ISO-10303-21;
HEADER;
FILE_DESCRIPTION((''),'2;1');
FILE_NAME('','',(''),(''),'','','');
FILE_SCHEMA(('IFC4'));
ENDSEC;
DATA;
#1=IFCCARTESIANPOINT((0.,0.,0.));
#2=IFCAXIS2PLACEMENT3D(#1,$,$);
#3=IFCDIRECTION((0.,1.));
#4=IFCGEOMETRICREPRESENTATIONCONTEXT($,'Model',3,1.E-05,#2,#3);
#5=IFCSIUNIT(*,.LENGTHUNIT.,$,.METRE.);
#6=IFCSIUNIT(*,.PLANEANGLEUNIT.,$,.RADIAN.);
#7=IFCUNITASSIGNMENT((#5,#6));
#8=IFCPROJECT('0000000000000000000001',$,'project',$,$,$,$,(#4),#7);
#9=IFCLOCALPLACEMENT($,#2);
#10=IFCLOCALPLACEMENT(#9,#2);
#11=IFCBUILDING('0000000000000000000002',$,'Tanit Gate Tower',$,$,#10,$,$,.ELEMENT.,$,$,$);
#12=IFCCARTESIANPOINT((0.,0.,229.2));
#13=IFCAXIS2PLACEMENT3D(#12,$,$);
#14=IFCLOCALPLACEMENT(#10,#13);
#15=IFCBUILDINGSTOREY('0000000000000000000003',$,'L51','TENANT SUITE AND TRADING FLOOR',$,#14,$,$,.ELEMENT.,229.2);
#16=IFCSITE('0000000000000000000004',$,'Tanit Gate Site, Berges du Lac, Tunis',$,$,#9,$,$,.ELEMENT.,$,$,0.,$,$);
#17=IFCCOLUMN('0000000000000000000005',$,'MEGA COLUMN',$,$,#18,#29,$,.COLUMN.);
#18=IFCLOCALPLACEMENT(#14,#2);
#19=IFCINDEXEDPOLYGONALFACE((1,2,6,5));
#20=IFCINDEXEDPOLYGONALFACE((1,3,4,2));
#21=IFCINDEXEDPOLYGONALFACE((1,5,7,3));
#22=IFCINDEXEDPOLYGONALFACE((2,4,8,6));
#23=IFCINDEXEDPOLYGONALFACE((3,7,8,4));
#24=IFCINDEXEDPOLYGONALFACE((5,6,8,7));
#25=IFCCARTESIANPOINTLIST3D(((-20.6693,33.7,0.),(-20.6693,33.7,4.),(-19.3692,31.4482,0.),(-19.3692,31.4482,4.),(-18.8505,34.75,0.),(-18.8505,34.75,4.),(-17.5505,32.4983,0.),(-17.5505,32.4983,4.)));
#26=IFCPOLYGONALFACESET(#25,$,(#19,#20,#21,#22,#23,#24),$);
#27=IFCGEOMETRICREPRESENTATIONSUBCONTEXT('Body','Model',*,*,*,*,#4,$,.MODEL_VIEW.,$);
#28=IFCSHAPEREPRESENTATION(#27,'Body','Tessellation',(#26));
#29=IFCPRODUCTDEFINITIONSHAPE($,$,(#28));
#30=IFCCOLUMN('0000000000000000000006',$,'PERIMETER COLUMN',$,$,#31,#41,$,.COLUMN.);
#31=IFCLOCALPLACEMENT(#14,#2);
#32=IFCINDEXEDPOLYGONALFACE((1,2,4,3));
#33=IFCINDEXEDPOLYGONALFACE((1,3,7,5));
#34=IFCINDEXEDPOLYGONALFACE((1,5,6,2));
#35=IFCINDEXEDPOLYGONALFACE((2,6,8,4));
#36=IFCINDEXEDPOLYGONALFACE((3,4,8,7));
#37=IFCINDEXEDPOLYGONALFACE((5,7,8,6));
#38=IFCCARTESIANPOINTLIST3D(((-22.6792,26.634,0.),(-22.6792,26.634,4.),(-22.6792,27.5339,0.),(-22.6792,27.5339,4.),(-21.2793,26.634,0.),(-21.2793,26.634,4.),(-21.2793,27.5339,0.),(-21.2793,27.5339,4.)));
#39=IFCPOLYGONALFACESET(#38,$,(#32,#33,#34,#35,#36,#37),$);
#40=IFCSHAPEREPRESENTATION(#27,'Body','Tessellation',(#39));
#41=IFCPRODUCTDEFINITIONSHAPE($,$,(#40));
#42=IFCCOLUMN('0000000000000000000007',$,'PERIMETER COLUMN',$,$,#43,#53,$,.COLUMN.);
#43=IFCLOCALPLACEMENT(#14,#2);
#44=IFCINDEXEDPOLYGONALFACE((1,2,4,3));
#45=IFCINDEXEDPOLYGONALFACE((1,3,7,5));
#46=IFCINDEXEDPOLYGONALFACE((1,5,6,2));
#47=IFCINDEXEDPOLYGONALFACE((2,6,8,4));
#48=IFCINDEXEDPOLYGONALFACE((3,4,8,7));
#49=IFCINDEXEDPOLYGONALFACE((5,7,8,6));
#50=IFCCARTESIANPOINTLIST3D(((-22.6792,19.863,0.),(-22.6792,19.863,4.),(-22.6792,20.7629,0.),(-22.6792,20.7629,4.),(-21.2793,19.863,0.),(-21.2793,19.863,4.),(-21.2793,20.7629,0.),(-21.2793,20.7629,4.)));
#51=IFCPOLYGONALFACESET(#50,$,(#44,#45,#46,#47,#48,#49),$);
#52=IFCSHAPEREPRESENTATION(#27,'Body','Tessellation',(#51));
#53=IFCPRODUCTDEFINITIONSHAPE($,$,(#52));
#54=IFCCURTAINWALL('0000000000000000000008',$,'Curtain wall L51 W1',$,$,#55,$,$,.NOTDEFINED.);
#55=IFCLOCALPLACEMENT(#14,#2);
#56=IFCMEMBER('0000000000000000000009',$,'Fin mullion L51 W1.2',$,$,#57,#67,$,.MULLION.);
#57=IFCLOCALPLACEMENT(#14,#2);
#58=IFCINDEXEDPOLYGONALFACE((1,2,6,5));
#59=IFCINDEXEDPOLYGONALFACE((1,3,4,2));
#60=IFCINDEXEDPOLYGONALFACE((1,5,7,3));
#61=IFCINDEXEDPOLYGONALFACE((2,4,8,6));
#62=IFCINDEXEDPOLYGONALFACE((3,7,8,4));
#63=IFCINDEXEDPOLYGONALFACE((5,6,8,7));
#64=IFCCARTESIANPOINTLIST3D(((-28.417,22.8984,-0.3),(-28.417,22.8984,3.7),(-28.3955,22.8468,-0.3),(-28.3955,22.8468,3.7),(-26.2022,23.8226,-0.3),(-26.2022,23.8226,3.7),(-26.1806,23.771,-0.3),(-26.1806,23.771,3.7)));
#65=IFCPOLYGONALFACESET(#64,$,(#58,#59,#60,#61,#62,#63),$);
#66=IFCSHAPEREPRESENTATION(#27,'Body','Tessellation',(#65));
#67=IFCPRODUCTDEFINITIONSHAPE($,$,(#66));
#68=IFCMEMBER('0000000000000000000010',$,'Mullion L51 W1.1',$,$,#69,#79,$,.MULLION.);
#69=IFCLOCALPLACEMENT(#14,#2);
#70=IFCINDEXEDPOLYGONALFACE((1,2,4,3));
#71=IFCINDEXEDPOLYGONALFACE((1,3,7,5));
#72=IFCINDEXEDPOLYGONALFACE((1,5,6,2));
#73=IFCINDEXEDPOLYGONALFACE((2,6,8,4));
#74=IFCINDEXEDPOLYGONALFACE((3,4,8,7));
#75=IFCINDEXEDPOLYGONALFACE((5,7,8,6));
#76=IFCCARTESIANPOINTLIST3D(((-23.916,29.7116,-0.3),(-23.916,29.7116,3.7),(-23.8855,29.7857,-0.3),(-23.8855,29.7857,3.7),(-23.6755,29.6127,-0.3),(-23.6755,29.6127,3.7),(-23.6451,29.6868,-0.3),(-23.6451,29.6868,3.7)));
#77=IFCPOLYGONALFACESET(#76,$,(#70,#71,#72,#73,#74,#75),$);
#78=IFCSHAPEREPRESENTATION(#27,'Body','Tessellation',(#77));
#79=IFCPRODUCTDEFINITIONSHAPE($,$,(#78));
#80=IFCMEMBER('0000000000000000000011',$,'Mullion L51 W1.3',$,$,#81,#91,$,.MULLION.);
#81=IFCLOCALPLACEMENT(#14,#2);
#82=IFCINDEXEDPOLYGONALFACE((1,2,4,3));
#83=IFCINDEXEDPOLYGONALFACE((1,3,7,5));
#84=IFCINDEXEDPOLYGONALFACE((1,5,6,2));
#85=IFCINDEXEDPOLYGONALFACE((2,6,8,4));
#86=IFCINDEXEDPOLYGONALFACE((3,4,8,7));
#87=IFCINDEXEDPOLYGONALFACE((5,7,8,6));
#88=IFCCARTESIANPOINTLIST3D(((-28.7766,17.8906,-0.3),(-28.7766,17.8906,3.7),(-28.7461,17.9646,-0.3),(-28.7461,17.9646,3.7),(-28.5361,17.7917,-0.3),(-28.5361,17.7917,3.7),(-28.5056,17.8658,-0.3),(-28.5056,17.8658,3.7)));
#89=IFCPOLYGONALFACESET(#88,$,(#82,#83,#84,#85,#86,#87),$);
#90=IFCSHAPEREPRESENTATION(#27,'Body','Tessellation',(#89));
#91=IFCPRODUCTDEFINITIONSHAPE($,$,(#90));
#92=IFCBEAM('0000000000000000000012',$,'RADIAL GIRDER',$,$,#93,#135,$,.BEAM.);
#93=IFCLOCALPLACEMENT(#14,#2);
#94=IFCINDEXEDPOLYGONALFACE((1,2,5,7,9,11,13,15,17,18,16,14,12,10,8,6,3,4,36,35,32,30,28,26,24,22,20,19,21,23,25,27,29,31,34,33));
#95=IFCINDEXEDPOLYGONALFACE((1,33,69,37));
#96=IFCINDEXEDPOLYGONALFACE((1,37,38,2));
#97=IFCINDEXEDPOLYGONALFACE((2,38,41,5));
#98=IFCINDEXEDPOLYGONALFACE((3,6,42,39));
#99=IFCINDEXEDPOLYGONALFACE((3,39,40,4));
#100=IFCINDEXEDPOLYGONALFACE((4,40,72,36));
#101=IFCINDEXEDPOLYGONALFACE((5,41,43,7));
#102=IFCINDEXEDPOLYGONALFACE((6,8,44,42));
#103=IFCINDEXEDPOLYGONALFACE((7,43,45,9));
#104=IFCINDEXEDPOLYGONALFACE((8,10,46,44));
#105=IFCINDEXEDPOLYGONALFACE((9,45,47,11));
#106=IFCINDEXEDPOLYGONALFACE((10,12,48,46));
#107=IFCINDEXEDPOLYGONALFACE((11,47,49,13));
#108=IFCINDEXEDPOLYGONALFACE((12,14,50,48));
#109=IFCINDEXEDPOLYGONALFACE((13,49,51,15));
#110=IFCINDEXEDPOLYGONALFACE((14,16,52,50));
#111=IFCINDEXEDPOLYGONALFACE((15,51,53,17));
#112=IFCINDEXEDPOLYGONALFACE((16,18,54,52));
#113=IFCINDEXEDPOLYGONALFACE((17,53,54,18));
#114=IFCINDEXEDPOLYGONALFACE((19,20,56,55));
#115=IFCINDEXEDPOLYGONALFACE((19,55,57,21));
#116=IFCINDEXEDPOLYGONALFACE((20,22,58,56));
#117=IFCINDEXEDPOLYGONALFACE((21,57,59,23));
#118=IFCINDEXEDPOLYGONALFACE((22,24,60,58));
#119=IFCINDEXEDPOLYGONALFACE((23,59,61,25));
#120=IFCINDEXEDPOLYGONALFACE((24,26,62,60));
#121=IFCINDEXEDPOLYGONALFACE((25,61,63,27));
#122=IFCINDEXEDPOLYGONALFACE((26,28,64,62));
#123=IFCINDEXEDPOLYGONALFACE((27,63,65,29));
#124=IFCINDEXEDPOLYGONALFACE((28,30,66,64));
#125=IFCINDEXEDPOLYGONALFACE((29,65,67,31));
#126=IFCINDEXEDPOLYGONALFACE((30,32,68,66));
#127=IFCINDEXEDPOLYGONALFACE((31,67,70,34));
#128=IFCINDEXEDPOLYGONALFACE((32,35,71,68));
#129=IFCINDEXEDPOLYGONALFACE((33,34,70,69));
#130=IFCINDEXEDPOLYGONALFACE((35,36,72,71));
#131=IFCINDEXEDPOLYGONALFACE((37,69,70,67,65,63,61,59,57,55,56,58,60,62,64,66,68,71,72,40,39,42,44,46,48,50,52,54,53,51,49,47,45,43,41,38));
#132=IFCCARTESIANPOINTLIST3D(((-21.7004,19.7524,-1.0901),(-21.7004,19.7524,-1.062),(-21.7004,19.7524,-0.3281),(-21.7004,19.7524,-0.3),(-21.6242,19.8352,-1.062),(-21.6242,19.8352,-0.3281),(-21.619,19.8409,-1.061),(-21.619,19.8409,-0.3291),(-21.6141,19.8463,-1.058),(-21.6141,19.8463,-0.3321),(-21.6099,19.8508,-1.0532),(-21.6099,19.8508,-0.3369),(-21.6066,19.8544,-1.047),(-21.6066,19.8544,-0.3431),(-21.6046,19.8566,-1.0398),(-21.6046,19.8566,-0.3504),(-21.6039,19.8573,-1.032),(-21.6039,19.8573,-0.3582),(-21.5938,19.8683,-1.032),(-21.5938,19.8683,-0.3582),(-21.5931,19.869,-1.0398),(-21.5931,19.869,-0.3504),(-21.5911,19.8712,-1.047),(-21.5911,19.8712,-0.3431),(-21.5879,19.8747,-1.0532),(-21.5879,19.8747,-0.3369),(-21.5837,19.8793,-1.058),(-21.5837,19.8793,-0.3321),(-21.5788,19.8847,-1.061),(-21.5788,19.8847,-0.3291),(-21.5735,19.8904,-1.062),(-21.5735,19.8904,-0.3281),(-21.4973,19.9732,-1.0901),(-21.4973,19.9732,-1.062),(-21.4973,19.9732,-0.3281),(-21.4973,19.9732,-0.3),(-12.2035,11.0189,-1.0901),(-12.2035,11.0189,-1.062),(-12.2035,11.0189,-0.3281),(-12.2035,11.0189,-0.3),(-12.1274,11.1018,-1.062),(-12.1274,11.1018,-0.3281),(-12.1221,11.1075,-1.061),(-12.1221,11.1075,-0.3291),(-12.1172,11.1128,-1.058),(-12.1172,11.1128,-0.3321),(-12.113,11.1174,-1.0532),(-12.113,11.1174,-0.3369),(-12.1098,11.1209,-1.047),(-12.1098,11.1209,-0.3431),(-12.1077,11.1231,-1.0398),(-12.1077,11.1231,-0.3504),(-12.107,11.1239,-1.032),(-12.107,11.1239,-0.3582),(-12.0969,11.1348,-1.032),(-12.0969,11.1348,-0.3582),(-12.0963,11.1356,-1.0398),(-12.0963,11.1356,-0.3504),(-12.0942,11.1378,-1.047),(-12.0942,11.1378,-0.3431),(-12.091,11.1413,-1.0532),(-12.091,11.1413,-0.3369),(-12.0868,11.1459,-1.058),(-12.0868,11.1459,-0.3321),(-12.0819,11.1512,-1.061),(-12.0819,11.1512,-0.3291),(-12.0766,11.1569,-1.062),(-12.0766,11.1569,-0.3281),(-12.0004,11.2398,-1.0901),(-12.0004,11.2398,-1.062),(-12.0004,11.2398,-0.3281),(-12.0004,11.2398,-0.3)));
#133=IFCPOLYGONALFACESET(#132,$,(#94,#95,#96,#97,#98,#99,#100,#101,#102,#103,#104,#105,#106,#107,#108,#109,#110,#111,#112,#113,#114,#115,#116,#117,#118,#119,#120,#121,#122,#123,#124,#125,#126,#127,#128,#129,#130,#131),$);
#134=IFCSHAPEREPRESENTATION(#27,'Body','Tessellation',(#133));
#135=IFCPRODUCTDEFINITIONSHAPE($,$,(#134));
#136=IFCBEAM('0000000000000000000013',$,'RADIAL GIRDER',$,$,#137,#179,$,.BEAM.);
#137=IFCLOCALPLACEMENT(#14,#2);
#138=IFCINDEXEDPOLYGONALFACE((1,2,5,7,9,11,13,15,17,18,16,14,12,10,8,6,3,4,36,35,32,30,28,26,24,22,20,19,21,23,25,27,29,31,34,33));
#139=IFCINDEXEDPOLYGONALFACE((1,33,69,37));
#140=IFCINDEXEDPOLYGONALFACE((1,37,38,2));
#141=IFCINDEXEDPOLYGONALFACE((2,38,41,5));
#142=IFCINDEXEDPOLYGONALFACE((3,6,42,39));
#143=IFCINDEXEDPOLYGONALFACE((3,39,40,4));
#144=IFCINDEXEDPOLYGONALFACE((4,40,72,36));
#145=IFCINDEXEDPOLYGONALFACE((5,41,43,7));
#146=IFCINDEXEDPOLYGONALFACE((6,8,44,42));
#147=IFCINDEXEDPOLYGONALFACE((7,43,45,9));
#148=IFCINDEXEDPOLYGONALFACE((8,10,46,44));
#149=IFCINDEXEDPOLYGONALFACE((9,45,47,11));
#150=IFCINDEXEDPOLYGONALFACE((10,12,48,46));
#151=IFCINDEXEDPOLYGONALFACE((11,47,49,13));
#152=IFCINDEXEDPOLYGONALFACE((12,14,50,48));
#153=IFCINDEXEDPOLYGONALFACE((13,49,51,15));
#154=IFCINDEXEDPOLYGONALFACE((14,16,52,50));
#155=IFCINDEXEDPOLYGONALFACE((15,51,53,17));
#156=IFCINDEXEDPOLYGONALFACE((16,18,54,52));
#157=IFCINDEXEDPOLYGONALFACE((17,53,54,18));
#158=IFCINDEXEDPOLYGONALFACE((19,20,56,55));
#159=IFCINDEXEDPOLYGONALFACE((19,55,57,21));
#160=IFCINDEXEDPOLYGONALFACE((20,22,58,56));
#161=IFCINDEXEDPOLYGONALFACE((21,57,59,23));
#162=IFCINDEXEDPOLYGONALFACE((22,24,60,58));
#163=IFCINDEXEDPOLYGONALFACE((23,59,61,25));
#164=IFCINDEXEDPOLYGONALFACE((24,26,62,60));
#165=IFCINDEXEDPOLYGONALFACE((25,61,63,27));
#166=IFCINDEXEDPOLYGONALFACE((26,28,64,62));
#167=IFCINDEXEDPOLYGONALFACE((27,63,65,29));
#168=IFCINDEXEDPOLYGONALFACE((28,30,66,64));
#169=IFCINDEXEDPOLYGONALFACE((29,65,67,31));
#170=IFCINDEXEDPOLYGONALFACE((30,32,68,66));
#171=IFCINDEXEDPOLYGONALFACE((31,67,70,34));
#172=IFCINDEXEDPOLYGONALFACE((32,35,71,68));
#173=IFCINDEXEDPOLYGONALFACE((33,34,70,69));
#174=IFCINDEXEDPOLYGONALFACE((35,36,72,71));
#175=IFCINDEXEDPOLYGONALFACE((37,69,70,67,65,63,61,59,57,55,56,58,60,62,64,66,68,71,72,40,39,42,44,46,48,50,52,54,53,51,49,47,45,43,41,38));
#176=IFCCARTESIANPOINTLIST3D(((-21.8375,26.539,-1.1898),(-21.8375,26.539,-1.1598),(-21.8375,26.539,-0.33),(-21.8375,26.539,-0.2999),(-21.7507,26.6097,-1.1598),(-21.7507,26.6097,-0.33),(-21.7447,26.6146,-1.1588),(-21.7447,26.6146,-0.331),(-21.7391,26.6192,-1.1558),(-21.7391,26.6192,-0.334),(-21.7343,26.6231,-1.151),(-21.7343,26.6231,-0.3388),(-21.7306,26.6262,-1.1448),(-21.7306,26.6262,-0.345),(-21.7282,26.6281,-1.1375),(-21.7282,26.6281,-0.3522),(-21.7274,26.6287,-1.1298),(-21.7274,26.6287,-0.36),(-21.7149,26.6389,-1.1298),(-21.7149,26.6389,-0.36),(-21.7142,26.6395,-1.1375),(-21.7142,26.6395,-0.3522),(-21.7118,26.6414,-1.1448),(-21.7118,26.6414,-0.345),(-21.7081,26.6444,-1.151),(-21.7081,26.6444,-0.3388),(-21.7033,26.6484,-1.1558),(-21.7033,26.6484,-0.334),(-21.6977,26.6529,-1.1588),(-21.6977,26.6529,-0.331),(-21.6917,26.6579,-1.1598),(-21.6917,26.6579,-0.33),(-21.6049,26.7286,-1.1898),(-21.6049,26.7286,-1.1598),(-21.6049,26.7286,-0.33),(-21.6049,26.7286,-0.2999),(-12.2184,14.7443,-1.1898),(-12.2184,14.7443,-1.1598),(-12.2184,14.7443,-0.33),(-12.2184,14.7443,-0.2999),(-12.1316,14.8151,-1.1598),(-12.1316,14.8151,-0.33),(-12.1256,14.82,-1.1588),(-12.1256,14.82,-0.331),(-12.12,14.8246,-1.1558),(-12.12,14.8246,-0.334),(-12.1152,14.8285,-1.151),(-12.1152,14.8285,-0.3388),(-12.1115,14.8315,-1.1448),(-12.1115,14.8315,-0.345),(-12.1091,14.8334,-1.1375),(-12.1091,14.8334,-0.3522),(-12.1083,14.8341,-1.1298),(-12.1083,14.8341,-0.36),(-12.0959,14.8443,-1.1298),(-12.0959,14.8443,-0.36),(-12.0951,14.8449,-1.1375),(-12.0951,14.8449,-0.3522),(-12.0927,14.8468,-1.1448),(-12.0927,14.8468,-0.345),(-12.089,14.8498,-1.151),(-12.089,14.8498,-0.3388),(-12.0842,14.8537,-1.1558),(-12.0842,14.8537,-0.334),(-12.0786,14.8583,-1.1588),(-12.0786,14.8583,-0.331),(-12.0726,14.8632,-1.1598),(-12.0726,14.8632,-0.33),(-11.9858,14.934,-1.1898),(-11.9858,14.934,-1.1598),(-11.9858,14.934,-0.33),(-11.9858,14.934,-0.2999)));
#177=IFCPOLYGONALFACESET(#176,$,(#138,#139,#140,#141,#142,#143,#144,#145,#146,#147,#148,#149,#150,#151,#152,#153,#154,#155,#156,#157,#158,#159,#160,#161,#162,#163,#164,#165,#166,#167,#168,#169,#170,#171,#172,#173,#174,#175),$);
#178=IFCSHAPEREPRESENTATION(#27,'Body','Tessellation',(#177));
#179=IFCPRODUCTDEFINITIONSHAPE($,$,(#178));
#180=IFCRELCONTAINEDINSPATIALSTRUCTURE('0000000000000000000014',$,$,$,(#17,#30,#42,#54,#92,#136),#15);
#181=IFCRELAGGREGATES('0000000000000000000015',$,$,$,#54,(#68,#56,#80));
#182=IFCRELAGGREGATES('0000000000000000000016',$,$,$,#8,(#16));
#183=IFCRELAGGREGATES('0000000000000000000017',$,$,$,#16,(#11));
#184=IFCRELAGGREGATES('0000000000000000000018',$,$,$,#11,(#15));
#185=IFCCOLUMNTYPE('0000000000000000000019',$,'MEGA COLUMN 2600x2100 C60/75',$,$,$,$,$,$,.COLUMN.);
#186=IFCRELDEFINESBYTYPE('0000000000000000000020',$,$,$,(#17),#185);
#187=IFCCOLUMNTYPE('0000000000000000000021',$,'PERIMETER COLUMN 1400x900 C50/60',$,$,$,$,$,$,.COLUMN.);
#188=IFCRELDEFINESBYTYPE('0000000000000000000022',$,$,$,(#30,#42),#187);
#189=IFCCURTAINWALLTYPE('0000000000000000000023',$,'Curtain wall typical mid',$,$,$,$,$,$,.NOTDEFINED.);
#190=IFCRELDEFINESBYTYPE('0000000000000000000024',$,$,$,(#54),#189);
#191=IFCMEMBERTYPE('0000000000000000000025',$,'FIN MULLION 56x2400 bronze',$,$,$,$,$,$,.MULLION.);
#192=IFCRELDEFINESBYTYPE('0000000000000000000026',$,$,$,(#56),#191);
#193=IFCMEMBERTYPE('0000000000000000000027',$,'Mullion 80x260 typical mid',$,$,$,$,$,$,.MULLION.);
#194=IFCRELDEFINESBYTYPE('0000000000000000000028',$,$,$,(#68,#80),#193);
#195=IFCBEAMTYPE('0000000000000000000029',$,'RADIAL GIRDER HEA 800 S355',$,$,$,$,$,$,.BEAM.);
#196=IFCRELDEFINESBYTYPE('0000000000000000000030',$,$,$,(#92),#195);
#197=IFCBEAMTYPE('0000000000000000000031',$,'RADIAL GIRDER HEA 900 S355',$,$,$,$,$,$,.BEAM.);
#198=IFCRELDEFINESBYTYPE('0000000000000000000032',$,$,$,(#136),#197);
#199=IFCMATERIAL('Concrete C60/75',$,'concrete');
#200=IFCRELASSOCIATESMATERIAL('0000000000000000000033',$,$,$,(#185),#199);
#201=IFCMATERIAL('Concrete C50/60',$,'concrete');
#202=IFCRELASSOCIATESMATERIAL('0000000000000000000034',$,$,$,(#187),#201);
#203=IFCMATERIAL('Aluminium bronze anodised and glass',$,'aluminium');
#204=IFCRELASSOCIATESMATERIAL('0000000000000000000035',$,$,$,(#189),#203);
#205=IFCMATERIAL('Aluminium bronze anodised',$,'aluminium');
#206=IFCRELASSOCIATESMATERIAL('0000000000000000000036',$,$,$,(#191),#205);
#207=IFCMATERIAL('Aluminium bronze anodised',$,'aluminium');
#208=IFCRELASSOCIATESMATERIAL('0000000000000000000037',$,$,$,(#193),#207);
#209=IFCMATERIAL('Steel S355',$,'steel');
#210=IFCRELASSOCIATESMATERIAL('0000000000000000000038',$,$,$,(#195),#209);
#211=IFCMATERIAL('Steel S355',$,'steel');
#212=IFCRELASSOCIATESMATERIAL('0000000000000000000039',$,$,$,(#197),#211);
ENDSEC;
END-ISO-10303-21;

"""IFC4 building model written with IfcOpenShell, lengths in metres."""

from ifc_helpers import new_model, si_unit, direction, frame, origin, origin_2d, place, context, subcontext, project, spatial, rectangle, i_section, extrude, material, material_profile, profile_set, type_object, element, aggregate, save


model = new_model("IFC4")

# Units and contexts
model_context = context("Model", 3, precision=1e-05, world=origin(), true_north=direction((0.0, 1.0)))
body_context = subcontext(model_context, "Body", "Model", "MODEL_VIEW")
ifc_project = project(units=[si_unit("LENGTHUNIT", "METRE"), si_unit("PLANEANGLEUNIT", "RADIAN")], contexts=[model_context])

# Site, building, storey
site_placement = place(None, origin())
site = spatial("IfcSite", under=ifc_project, at=site_placement, Name="Tanit Gate Site, Berges du Lac, Tunis", CompositionType="ELEMENT", RefElevation=0.0)
building_placement = place(site_placement, origin())
building = spatial("IfcBuilding", under=site, at=building_placement, Name="Tanit Gate Tower", CompositionType="ELEMENT")
storey_placement = place(building_placement, frame((0.0, 0.0, 229.2)))
storey = spatial("IfcBuildingStorey", under=building, at=storey_placement, Name="L51", Description="TENANT SUITE AND TRADING FLOOR", CompositionType="ELEMENT", Elevation=229.2)

# Columns
ifc_material_1 = material(Name="Concrete C60/75", Category="concrete")
ifc_material_profile_1 = material_profile(ifc_material_1, rectangle(XDim=2.6001, YDim=2.1001, at=origin_2d()), Name="RC 2600x2100")
ifc_profile_set_1 = profile_set([ifc_material_profile_1], Name="Concrete C60/75")
column_type_1 = type_object("IfcColumnType", Name="MEGA COLUMN 2600x2100 C60/75", PredefinedType="COLUMN", material=ifc_profile_set_1)
column_placement = place(storey_placement, frame((-19.1099, 33.0991, 0.0), z_axis=(0.0, 0.0, 1.0), x_axis=(-0.5, 0.866025, 0.0)))
element("IfcColumn", 1, at=column_placement, inside=storey, type_object=column_type_1, Name="MEGA COLUMN", PredefinedType="COLUMN", context=body_context, shape_type="SweptSolid", body=[
    extrude(rectangle(XDim=2.6001, YDim=2.1001, at=origin_2d()), origin(), (0.0, 0.0, 1.0), 4.0),
])
ifc_material_2 = material(Name="Concrete C50/60", Category="concrete")
ifc_material_profile_2 = material_profile(ifc_material_2, rectangle(XDim=1.3999, YDim=0.8999, at=origin_2d()), Name="RC 1400x900")
ifc_profile_set_2 = profile_set([ifc_material_profile_2], Name="Concrete C50/60")
column_type_2 = type_object("IfcColumnType", Name="PERIMETER COLUMN 1400x900 C50/60", PredefinedType="COLUMN", material=ifc_profile_set_2)
for number, where, z_axis, x_axis, name in (
    (2, (-21.9792, 27.084, 0.0), (0.0, 0.0, 1.0), (-1.0, 0.0, 0.0), "PERIMETER COLUMN"),
    (3, (-21.9792, 20.313, 0.0), (0.0, 0.0, 1.0), (-1.0, 0.0, 0.0), "PERIMETER COLUMN"),
):
    element("IfcColumn", number, at=place(storey_placement, frame(where, z_axis=z_axis, x_axis=x_axis)), inside=storey, type_object=column_type_2, Name=name, PredefinedType="COLUMN", context=body_context, shape_type="SweptSolid", body=[
        extrude(rectangle(XDim=1.3999, YDim=0.8999, at=origin_2d()), origin(), (0.0, 0.0, 1.0), 4.0),
    ])

# Curtain wall, members
ifc_material_3 = material(Name="Aluminium bronze anodised and glass", Category="aluminium")
curtain_wall_type = type_object("IfcCurtainWallType", Name="Curtain wall typical mid", PredefinedType="NOTDEFINED", material=ifc_material_3)
curtain_wall_placement = place(storey_placement, origin())
curtain_wall = element("IfcCurtainWall", 4, at=curtain_wall_placement, inside=storey, type_object=curtain_wall_type, Name="Curtain wall L51 W1", PredefinedType="NOTDEFINED")
ifc_material_4 = material(Name="Aluminium bronze anodised", Category="aluminium")
ifc_material_profile_3 = material_profile(ifc_material_4, rectangle(XDim=2.3999, YDim=0.0559, at=origin_2d()), Name="56x2400 bronze fin mullion")
ifc_profile_set_3 = profile_set([ifc_material_profile_3], Name="Aluminium bronze anodised")
member_type_1 = type_object("IfcMemberType", Name="FIN MULLION 56x2400 bronze", PredefinedType="MULLION", material=ifc_profile_set_3)
member_1_placement = place(storey_placement, frame((-27.2988, 23.3347, -0.3), z_axis=(0.0, 0.0, 1.0), x_axis=(0.922886, 0.385074, 0.0)))
member_1 = element("IfcMember", 5, at=member_1_placement, type_object=member_type_1, Name="Fin mullion L51 W1.2", PredefinedType="MULLION", context=body_context, shape_type="SweptSolid", body=[
    extrude(rectangle(XDim=2.3999, YDim=0.0559, at=origin_2d()), origin(), (0.0, 0.0, 1.0), 4.0),
])
ifc_material_5 = material(Name="Aluminium bronze anodised", Category="aluminium")
ifc_material_profile_4 = material_profile(ifc_material_5, rectangle(XDim=0.26, YDim=0.0801, at=origin_2d()), Name="80x260 bronze mullion")
ifc_profile_set_4 = profile_set([ifc_material_profile_4], Name="Aluminium bronze anodised")
member_type_2 = type_object("IfcMemberType", Name="Mullion 80x260 typical mid", PredefinedType="MULLION", material=ifc_profile_set_4)
member_2_placement = place(storey_placement, frame((-23.7805, 29.6992, -0.3), z_axis=(0.0, 0.0, 1.0), x_axis=(0.924867, -0.38029, 0.0)))
member_2 = element("IfcMember", 6, at=member_2_placement, type_object=member_type_2, Name="Mullion L51 W1.1", PredefinedType="MULLION", context=body_context, shape_type="SweptSolid", body=[
    extrude(rectangle(XDim=0.26, YDim=0.0801, at=origin_2d()), origin(), (0.0, 0.0, 1.0), 4.0),
])
member_3_placement = place(storey_placement, frame((-28.6411, 17.8782, -0.3), z_axis=(0.0, 0.0, 1.0), x_axis=(0.924867, -0.38029, 0.0)))
member_3 = element("IfcMember", 7, at=member_3_placement, type_object=member_type_2, Name="Mullion L51 W1.3", PredefinedType="MULLION", context=body_context, shape_type="SweptSolid", body=[
    extrude(rectangle(XDim=0.26, YDim=0.0801, at=origin_2d()), origin(), (0.0, 0.0, 1.0), 4.0),
])

# Beams
ifc_material_6 = material(Name="Steel S355", Category="steel")
ifc_material_profile_5 = material_profile(ifc_material_6, i_section(OverallWidth=0.3, OverallDepth=0.79, WebThickness=0.0149, FlangeThickness=0.0281, FilletRadius=0.03, at=origin_2d()), Name="HEA 800")
ifc_profile_set_5 = profile_set([ifc_material_profile_5], Name="Steel S355")
beam_type_1 = type_object("IfcBeamType", Name="RADIAL GIRDER HEA 800 S355", PredefinedType="BEAM", material=ifc_profile_set_5)
beam_1_placement = place(storey_placement, frame((-21.5989, 19.8628, -0.6951), z_axis=(0.736073, -0.676902, 0.0), x_axis=(0.676902, 0.736073, 0.0)))
element("IfcBeam", 8, at=beam_1_placement, inside=storey, type_object=beam_type_1, Name="RADIAL GIRDER", PredefinedType="BEAM", context=body_context, shape_type="SweptSolid", body=[
    extrude(i_section(OverallWidth=0.3, OverallDepth=0.79, WebThickness=0.0149, FlangeThickness=0.0281, FilletRadius=0.03, at=origin_2d()), origin(), (0.0, 0.0, 1.0), 12.9021),
])
ifc_material_7 = material(Name="Steel S355", Category="steel")
ifc_material_profile_6 = material_profile(ifc_material_7, i_section(OverallWidth=0.3, OverallDepth=0.8899, WebThickness=0.0161, FlangeThickness=0.03, FilletRadius=0.03, at=origin_2d()), Name="HEA 900")
ifc_profile_set_6 = profile_set([ifc_material_profile_6], Name="Steel S355")
beam_type_2 = type_object("IfcBeamType", Name="RADIAL GIRDER HEA 900 S355", PredefinedType="BEAM", material=ifc_profile_set_6)
beam_2_placement = place(storey_placement, frame((-21.7212, 26.6338, -0.7449), z_axis=(0.632015, -0.774956, 0.0), x_axis=(0.774956, 0.632015, 0.0)))
element("IfcBeam", 9, at=beam_2_placement, inside=storey, type_object=beam_type_2, Name="RADIAL GIRDER", PredefinedType="BEAM", context=body_context, shape_type="SweptSolid", body=[
    extrude(i_section(OverallWidth=0.3, OverallDepth=0.8899, WebThickness=0.0161, FlangeThickness=0.03, FilletRadius=0.03, at=origin_2d()), origin(), (0.0, 0.0, 1.0), 15.2197),
])

aggregate(curtain_wall, [member_2, member_1, member_3])

save(model, "model.ifc")
